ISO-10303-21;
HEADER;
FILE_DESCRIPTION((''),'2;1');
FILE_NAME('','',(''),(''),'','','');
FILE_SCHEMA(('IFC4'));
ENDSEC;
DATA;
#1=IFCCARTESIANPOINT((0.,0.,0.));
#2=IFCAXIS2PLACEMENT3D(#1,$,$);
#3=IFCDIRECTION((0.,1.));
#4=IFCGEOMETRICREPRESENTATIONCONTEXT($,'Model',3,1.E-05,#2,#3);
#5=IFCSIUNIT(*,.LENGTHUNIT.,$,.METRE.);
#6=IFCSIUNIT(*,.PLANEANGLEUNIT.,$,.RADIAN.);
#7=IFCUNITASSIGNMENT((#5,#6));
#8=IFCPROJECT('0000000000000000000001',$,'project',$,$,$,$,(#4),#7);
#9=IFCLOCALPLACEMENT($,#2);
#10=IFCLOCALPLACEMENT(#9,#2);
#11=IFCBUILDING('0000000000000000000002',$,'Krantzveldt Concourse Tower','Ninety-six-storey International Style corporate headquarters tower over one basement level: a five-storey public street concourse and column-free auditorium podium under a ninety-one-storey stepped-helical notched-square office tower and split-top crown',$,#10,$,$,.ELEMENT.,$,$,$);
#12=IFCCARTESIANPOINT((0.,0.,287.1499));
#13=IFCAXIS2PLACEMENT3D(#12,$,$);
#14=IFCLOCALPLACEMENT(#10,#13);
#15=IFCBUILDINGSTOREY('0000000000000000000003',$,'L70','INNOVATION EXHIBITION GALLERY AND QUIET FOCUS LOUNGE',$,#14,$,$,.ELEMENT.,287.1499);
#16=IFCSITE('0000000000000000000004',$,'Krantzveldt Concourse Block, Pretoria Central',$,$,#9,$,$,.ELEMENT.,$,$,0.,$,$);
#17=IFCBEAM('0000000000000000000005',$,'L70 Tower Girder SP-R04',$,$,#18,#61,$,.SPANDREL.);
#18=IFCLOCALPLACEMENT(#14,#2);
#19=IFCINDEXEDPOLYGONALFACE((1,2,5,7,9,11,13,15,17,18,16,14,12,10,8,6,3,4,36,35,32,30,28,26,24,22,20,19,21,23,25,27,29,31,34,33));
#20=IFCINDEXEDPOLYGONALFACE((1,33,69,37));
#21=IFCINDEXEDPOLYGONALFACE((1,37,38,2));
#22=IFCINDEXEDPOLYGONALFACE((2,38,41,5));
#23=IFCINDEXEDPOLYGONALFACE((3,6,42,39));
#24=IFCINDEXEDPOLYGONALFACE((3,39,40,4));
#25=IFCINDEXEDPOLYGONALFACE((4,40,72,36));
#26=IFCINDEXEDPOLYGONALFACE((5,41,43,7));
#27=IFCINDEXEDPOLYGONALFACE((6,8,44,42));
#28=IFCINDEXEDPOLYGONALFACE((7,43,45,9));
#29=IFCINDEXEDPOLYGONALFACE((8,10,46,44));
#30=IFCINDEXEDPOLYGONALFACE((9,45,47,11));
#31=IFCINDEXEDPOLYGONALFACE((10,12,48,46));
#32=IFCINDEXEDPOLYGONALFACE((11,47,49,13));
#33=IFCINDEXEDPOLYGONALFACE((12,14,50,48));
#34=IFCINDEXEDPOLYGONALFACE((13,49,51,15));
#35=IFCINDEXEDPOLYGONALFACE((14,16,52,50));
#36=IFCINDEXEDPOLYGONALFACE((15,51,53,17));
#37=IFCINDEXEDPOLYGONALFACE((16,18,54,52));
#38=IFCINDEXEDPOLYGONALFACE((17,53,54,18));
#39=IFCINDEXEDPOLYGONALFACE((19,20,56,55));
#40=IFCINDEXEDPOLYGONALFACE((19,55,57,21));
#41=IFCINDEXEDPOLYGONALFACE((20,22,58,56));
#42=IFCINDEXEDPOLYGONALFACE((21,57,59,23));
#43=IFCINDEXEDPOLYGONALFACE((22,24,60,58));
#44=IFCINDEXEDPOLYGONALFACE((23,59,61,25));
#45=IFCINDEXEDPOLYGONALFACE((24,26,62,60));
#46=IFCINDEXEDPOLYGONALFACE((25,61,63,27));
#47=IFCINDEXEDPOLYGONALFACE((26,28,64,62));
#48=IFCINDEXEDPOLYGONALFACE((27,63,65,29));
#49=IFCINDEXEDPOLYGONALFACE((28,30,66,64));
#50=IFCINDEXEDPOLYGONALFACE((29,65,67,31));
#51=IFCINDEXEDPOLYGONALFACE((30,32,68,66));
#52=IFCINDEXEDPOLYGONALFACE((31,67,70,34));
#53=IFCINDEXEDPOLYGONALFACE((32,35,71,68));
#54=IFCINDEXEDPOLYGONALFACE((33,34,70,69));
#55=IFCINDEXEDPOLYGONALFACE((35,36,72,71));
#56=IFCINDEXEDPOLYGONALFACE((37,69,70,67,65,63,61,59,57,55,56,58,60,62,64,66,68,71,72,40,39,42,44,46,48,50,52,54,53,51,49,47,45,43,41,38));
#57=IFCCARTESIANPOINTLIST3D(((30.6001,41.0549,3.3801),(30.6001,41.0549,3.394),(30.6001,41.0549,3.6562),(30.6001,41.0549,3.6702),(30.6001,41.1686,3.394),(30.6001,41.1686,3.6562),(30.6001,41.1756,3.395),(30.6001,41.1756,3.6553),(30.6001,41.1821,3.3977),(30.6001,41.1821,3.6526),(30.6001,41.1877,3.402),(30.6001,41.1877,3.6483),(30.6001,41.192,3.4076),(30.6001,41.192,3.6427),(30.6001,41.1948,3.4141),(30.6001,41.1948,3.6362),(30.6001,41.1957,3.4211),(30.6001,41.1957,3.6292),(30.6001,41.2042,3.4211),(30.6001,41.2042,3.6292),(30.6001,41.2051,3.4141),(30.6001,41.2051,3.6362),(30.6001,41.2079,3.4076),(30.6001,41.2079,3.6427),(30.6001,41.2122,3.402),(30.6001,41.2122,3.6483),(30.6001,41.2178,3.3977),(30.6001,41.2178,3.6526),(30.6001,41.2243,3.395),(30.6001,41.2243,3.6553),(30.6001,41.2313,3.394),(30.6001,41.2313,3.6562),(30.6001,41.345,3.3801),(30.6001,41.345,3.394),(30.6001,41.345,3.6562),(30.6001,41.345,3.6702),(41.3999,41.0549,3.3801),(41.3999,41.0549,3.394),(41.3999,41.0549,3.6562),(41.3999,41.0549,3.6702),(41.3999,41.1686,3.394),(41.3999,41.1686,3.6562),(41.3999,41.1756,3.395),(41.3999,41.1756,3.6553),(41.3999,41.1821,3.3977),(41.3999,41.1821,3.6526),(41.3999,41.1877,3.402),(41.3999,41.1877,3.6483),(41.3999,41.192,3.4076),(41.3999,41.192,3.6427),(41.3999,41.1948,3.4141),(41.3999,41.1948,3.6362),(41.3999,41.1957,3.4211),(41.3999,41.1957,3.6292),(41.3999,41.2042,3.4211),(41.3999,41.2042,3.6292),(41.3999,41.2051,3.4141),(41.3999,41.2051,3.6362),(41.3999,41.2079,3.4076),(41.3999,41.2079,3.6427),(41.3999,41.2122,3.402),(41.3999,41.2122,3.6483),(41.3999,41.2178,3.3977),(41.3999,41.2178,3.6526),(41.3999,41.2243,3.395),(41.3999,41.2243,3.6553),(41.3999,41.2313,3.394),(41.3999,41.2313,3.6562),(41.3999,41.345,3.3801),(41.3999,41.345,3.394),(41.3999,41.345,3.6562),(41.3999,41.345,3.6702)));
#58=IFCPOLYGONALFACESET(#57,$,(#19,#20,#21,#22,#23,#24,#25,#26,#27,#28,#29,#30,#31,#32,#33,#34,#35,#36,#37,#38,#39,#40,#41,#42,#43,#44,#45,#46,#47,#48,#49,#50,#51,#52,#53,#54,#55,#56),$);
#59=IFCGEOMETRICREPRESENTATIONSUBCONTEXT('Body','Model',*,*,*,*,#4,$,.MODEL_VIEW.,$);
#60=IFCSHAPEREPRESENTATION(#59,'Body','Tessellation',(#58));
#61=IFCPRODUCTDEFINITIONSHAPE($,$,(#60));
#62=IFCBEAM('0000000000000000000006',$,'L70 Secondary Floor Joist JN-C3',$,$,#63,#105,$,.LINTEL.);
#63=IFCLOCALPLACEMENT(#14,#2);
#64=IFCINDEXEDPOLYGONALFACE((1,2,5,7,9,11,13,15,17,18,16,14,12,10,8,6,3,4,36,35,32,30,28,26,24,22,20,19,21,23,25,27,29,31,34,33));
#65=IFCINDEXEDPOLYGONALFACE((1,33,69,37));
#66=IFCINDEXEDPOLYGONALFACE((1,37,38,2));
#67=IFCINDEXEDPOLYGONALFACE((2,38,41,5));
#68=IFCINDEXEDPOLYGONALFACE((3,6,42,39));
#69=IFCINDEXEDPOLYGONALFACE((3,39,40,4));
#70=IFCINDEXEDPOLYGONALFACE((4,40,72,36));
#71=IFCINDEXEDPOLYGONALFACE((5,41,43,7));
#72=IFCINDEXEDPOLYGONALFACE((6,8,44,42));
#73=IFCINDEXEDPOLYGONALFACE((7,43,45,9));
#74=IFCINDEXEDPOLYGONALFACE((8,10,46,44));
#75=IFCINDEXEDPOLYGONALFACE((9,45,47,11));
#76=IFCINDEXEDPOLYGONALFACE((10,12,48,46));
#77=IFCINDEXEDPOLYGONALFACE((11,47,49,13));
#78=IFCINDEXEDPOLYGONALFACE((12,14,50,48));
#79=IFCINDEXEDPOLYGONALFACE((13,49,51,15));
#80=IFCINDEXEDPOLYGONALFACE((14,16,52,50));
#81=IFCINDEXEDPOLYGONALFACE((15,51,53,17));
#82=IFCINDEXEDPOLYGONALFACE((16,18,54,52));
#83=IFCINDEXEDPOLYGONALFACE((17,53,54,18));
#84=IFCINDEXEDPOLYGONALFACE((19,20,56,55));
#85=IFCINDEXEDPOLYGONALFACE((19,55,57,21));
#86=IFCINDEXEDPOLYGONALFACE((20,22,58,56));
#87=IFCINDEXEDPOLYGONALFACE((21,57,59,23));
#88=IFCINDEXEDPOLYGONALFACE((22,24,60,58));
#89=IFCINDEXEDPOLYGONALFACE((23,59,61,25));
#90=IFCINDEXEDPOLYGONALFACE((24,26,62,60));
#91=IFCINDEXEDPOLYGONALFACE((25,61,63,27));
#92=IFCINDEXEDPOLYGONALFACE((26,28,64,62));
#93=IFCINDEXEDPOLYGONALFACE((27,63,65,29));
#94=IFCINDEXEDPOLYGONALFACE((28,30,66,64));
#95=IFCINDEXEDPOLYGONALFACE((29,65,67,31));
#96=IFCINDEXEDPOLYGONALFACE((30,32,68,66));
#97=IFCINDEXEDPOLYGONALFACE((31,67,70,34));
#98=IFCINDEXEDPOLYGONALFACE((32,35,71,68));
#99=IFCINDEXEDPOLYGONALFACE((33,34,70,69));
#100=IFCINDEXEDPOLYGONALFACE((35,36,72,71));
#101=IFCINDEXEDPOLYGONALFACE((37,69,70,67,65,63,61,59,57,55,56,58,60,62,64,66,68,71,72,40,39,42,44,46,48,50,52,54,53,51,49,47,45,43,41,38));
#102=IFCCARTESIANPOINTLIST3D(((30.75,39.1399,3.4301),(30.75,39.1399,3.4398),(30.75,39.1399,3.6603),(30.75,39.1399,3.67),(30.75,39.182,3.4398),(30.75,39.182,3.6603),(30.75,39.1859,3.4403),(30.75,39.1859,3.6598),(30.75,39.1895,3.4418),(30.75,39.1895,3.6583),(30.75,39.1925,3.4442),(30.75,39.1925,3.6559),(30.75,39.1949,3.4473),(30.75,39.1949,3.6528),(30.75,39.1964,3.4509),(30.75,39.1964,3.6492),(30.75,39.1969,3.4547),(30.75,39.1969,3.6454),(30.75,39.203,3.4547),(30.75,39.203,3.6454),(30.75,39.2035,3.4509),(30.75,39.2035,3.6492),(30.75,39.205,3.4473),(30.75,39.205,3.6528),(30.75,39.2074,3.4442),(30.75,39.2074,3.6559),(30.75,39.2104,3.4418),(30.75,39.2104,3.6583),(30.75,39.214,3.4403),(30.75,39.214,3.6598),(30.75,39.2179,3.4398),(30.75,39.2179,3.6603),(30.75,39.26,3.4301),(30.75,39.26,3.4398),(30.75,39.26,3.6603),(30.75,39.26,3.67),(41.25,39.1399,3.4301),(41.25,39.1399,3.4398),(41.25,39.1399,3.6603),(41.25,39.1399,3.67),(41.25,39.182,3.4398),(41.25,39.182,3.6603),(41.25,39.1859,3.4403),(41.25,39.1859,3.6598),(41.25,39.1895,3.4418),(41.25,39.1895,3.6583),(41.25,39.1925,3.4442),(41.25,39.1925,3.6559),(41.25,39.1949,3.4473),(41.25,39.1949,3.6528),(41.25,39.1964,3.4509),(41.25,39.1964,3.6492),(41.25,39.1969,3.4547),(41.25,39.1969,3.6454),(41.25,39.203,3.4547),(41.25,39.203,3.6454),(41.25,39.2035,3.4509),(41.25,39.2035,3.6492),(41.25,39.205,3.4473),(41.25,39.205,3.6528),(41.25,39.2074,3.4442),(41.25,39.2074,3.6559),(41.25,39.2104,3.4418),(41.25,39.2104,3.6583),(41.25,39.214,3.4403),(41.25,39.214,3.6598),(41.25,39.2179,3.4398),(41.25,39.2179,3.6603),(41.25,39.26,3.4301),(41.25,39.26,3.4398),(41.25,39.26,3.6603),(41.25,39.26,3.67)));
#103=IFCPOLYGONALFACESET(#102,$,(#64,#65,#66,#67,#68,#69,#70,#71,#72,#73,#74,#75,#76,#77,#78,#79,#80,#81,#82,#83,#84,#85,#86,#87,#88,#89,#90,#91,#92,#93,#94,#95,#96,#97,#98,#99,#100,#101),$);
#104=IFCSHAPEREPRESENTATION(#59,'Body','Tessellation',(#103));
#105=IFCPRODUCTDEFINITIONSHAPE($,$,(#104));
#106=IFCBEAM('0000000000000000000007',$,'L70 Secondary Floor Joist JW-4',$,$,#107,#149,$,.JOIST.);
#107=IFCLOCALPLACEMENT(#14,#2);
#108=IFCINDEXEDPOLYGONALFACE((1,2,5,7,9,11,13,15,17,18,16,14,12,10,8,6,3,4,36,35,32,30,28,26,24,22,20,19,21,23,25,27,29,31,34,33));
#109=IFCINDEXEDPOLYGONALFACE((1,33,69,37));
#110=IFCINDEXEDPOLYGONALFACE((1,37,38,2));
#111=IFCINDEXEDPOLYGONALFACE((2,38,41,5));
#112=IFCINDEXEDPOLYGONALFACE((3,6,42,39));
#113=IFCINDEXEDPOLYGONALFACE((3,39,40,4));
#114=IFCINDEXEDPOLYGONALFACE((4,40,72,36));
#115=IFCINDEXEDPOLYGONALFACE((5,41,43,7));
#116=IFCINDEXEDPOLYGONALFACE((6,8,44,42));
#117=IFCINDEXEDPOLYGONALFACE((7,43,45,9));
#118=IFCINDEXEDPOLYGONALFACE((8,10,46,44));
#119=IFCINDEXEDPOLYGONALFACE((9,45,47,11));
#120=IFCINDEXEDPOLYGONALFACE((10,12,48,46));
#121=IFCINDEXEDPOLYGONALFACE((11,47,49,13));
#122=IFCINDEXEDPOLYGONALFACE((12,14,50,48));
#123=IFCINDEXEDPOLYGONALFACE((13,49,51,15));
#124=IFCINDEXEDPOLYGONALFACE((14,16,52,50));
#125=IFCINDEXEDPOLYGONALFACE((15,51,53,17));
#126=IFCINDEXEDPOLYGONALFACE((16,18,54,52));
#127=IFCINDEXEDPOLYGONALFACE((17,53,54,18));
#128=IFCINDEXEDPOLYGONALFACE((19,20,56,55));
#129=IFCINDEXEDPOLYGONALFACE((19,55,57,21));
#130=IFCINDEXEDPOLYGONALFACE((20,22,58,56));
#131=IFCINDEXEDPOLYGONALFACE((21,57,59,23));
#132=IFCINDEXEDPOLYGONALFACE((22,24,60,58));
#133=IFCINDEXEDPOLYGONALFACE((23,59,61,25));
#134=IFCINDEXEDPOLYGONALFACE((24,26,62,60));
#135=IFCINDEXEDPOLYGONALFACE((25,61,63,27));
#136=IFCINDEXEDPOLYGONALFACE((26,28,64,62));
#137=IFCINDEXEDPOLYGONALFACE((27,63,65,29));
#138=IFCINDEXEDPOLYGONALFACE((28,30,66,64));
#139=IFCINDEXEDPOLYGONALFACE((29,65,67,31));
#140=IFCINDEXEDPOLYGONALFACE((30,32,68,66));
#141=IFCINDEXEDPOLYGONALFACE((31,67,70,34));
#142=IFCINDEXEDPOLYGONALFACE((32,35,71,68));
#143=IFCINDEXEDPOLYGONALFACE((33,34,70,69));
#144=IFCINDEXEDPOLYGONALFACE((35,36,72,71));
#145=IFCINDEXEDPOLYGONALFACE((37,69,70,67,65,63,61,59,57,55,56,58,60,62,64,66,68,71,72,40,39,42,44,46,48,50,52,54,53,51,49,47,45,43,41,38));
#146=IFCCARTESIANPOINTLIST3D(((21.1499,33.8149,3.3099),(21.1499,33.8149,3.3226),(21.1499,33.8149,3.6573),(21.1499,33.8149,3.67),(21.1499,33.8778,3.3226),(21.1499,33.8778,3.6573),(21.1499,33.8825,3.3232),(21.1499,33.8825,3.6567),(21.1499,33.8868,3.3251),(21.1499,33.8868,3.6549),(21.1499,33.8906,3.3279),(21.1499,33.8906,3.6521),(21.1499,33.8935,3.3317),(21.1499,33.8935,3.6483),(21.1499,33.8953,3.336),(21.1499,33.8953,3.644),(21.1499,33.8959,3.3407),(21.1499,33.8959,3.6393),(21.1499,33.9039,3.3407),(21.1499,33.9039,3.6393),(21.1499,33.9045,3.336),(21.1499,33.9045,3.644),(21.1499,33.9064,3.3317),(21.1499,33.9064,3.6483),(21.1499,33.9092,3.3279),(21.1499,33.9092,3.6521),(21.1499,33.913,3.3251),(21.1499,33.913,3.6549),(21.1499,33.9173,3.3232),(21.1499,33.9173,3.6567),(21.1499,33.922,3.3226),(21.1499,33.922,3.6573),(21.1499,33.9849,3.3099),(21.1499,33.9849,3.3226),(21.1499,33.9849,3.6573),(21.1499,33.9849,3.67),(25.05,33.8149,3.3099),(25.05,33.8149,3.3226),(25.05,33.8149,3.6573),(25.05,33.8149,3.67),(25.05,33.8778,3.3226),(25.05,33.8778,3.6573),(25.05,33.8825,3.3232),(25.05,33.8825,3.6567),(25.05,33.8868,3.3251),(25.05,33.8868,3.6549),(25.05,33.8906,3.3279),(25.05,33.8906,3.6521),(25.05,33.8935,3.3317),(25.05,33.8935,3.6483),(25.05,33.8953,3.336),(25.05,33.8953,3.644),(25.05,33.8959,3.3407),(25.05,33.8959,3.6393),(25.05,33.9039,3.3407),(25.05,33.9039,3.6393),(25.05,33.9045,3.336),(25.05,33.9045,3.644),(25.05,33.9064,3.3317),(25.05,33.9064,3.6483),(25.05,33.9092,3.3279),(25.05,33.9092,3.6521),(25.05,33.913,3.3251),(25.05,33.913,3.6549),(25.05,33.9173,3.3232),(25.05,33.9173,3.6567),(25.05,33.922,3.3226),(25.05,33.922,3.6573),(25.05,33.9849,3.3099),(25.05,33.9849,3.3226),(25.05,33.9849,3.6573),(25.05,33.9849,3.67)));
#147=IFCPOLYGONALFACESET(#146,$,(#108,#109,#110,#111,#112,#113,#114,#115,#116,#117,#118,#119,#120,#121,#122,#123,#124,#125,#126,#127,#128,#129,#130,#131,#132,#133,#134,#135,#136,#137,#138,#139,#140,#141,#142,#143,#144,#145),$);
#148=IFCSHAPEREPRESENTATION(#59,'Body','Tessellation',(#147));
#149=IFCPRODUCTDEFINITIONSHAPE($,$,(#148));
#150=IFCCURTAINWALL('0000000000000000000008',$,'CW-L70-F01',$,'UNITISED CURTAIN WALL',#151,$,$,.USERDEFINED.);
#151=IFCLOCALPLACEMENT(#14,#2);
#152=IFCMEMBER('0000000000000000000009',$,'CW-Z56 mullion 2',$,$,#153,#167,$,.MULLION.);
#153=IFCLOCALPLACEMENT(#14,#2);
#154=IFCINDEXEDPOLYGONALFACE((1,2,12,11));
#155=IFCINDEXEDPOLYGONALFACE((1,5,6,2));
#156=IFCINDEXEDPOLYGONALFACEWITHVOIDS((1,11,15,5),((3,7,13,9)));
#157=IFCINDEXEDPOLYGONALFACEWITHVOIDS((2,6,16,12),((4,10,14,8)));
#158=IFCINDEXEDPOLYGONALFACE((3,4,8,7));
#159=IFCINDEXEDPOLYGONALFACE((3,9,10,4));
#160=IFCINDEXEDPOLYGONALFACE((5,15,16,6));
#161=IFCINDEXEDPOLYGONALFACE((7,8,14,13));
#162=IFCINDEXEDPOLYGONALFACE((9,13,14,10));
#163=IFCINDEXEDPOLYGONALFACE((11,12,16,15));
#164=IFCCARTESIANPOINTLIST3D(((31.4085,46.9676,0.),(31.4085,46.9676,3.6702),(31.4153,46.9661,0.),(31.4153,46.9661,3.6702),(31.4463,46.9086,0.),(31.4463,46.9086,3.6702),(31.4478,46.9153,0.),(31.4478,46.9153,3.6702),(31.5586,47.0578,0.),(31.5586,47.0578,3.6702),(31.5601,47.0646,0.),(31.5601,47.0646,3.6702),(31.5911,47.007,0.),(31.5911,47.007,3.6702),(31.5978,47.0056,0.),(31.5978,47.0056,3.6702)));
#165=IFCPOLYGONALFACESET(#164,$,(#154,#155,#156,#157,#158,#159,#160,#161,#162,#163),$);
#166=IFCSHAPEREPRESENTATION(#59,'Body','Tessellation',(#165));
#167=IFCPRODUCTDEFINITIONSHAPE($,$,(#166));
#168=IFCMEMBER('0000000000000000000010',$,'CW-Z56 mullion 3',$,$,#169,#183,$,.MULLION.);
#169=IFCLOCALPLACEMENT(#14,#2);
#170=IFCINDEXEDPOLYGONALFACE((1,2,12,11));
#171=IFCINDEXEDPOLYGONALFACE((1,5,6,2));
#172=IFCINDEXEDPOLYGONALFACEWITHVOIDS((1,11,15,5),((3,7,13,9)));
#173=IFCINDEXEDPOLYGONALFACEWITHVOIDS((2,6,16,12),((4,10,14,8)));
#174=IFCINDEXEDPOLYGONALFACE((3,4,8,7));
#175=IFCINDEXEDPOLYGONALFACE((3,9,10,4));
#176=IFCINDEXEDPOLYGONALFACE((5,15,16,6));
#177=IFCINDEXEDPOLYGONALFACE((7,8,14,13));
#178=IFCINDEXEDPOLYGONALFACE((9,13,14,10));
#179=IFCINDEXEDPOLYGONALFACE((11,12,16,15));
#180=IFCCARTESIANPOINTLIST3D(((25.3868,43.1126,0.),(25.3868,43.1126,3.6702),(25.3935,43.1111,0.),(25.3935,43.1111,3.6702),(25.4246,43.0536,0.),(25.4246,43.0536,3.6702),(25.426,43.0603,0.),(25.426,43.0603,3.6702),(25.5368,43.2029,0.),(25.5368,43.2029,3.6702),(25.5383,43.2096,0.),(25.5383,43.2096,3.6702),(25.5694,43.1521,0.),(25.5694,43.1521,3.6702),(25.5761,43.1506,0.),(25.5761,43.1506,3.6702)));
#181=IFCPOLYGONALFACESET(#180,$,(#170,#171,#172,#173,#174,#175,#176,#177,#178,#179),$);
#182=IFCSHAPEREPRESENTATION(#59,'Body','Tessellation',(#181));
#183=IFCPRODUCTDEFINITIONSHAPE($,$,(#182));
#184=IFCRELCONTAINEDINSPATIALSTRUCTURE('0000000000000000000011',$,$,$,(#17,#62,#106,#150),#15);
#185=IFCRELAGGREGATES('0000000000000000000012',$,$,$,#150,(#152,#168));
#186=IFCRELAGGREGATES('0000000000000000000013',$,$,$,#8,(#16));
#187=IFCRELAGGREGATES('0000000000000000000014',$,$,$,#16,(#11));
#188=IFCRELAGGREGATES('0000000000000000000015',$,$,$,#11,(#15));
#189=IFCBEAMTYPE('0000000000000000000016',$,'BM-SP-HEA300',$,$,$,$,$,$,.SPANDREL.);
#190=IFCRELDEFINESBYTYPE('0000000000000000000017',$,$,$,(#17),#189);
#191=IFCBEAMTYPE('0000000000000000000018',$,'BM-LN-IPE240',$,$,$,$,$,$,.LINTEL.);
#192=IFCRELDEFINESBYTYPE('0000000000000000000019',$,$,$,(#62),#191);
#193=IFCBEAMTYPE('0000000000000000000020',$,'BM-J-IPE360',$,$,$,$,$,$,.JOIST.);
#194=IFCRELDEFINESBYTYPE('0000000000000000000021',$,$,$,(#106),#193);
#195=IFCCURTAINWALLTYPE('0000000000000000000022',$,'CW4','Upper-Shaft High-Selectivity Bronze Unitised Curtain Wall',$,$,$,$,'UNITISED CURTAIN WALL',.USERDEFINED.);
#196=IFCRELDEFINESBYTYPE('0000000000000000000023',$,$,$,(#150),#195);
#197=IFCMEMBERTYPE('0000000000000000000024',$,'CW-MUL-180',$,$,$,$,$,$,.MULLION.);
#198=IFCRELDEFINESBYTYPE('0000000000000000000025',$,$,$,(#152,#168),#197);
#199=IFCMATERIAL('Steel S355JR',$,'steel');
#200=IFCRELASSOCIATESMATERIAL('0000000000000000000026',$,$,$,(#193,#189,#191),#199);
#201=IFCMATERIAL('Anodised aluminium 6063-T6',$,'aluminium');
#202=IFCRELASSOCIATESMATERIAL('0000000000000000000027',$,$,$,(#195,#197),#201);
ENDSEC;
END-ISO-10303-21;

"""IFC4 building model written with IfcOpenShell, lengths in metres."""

from ifc_helpers import new_model, si_unit, direction, frame, origin, origin_2d, place, context, subcontext, project, spatial, hollow_rectangle, i_section, extrude, source, transform, mapped, material, material_profile, profile_set, type_object, type_shapes, element, aggregate, save


model = new_model("IFC4")

# Units and contexts
model_context = context("Model", 3, precision=1e-05, world=origin(), true_north=direction((0.0, 1.0)))
body_context = subcontext(model_context, "Body", "Model", "MODEL_VIEW")
ifc_project = project(units=[si_unit("LENGTHUNIT", "METRE"), si_unit("PLANEANGLEUNIT", "RADIAN")], contexts=[model_context])

# Site, building, storey
site_placement = place(None, origin())
site = spatial("IfcSite", under=ifc_project, at=site_placement, Name="Krantzveldt Concourse Block, Pretoria Central", CompositionType="ELEMENT", RefElevation=0.0)
building_placement = place(site_placement, origin())
building = spatial("IfcBuilding", under=site, at=building_placement, Name="Krantzveldt Concourse Tower", Description="Ninety-six-storey International Style corporate headquarters tower over one basement level: a five-storey public street concourse and column-free auditorium podium under a ninety-one-storey stepped-helical notched-square office tower and split-top crown", CompositionType="ELEMENT")
storey_placement = place(building_placement, frame((0.0, 0.0, 287.1499)))
storey = spatial("IfcBuildingStorey", under=building, at=storey_placement, Name="L70", Description="INNOVATION EXHIBITION GALLERY AND QUIET FOCUS LOUNGE", CompositionType="ELEMENT", Elevation=287.1499)

# Beams
ifc_material_1 = material(Name="Steel S355JR", Category="steel")
ifc_material_profile_1 = material_profile(ifc_material_1, i_section(OverallWidth=0.1699, OverallDepth=0.3601, WebThickness=0.0081, FlangeThickness=0.0127, FilletRadius=0.0181, at=origin_2d()), Name="Steel S355JR", Category="steel")
ifc_profile_set_1 = profile_set([ifc_material_profile_1], Name="Steel S355JR - IPE 360")
beam_type_1 = type_object("IfcBeamType", Name="BM-J-IPE360", PredefinedType="JOIST", material=ifc_profile_set_1)
ifc_material_profile_2 = material_profile(ifc_material_1, i_section(OverallWidth=0.29, OverallDepth=0.29, WebThickness=0.0085, FlangeThickness=0.0139, FilletRadius=0.0271, at=origin_2d()), Name="Steel S355JR", Category="steel")
ifc_profile_set_2 = profile_set([ifc_material_profile_2], Name="Steel S355JR - HEA 300")
beam_type_2 = type_object("IfcBeamType", Name="BM-SP-HEA300", PredefinedType="SPANDREL", material=ifc_profile_set_2)
shared_shape_1 = source(origin(), body_context, "Body", "SweptSolid", [
    extrude(i_section(OverallWidth=0.29, OverallDepth=0.29, WebThickness=0.0085, FlangeThickness=0.0139, FilletRadius=0.0271, at=origin_2d()), origin(), (0.0, 0.0, 1.0), 10.7998),
])
beam_1_placement = place(storey_placement, frame((30.6001, 41.2, 3.5251), z_axis=(1.0, 0.0, 0.0), x_axis=(0.0, 1.0, 0.0)))
element("IfcBeam", 1, at=beam_1_placement, inside=storey, type_object=beam_type_2, Name="L70 Tower Girder SP-R04", PredefinedType="SPANDREL", context=body_context, shape_type="MappedRepresentation", body=[
    mapped(shared_shape_1, transform((0.0, 0.0, 0.0), x_axis=(1.0, 0.0, 0.0), y_axis=(0.0, 1.0, 0.0), z_axis=(0.0, 0.0, 1.0), scale=1.0)),
])
ifc_material_profile_3 = material_profile(ifc_material_1, i_section(OverallWidth=0.1201, OverallDepth=0.24, WebThickness=0.0061, FlangeThickness=0.0098, FilletRadius=0.0149, at=origin_2d()), Name="Steel S355JR", Category="steel")
ifc_profile_set_3 = profile_set([ifc_material_profile_3], Name="Steel S355JR - IPE 240")
beam_type_3 = type_object("IfcBeamType", Name="BM-LN-IPE240", PredefinedType="LINTEL", material=ifc_profile_set_3)
shared_shape_2 = source(origin(), body_context, "Body", "SweptSolid", [
    extrude(i_section(OverallWidth=0.1201, OverallDepth=0.24, WebThickness=0.0061, FlangeThickness=0.0098, FilletRadius=0.0149, at=origin_2d()), origin(), (0.0, 0.0, 1.0), 10.5),
])
type_shapes(beam_type_3, [shared_shape_2])
beam_2_placement = place(storey_placement, frame((30.75, 39.2, 3.55), z_axis=(1.0, 0.0, 0.0), x_axis=(0.0, 1.0, 0.0)))
element("IfcBeam", 2, at=beam_2_placement, inside=storey, type_object=beam_type_3, Name="L70 Secondary Floor Joist JN-C3", PredefinedType="LINTEL", context=body_context, shape_type="MappedRepresentation", body=[
    mapped(shared_shape_2, transform((0.0, 0.0, 0.0), x_axis=(1.0, 0.0, 0.0), y_axis=(0.0, 1.0, 0.0), z_axis=(0.0, 0.0, 1.0), scale=1.0)),
])
shared_shape_3 = source(origin(), body_context, "Body", "SweptSolid", [
    extrude(i_section(OverallWidth=0.1699, OverallDepth=0.3601, WebThickness=0.0081, FlangeThickness=0.0127, FilletRadius=0.0181, at=origin_2d()), origin(), (0.0, 0.0, 1.0), 3.9001),
])
beam_3_placement = place(storey_placement, frame((21.1499, 33.8999, 3.49), z_axis=(1.0, 0.0, 0.0), x_axis=(0.0, 1.0, 0.0)))
element("IfcBeam", 3, at=beam_3_placement, inside=storey, type_object=beam_type_1, Name="L70 Secondary Floor Joist JW-4", PredefinedType="JOIST", context=body_context, shape_type="MappedRepresentation", body=[
    mapped(shared_shape_3, transform((0.0, 0.0, 0.0), x_axis=(1.0, 0.0, 0.0), y_axis=(0.0, 1.0, 0.0), z_axis=(0.0, 0.0, 1.0), scale=1.0)),
])

# Curtain wall, members
ifc_material_2 = material(Name="Anodised aluminium 6063-T6", Category="aluminium")
curtain_wall_type = type_object("IfcCurtainWallType", Name="CW4", Description="Upper-Shaft High-Selectivity Bronze Unitised Curtain Wall", ElementType="UNITISED CURTAIN WALL", PredefinedType="USERDEFINED", material=ifc_material_2)
curtain_wall_placement = place(storey_placement, origin())
curtain_wall = element("IfcCurtainWall", 4, at=curtain_wall_placement, inside=storey, type_object=curtain_wall_type, Name="CW-L70-F01", ObjectType="UNITISED CURTAIN WALL", PredefinedType="USERDEFINED")
ifc_material_profile_4 = material_profile(ifc_material_2, hollow_rectangle(XDim=0.0701, YDim=0.1799, WallThickness=0.0049, at=origin_2d()), Name="Anodised aluminium 6063-T6", Category="aluminium")
ifc_profile_set_4 = profile_set([ifc_material_profile_4], Name="Anodised aluminium 6063-T6 - ALU-MULL 180x70x5")
member_type_1 = type_object("IfcMemberType", Name="CW-MUL-180", PredefinedType="MULLION", material=ifc_profile_set_4)
shared_shape_4 = source(origin(), body_context, "Body", "SweptSolid", [
    extrude(hollow_rectangle(XDim=0.0701, YDim=0.1799, WallThickness=0.0049, at=origin_2d()), origin(), (0.0, 0.0, 1.0), 3.6702),
])
type_shapes(member_type_1, [shared_shape_4])
member_1_placement = place(storey_placement, frame((31.5032, 46.9866, 0.0), z_axis=(0.0, 0.0, 1.0), x_axis=(0.539138, -0.842217, 0.0)))
member_1 = element("IfcMember", 5, at=member_1_placement, type_object=member_type_1, Name="CW-Z56 mullion 2", PredefinedType="MULLION", context=body_context, shape_type="MappedRepresentation", body=[
    mapped(shared_shape_4, transform((0.0, 0.0, 0.0), x_axis=(1.0, 0.0, 0.0), y_axis=(0.0, 1.0, 0.0), z_axis=(0.0, 0.0, 1.0), scale=1.0)),
])
member_2_placement = place(storey_placement, frame((25.4814, 43.1316, 0.0), z_axis=(0.0, 0.0, 1.0), x_axis=(0.539138, -0.842217, 0.0)))
member_2 = element("IfcMember", 6, at=member_2_placement, type_object=member_type_1, Name="CW-Z56 mullion 3", PredefinedType="MULLION", context=body_context, shape_type="MappedRepresentation", body=[
    mapped(shared_shape_4, transform((0.0, 0.0, 0.0), x_axis=(1.0, 0.0, 0.0), y_axis=(0.0, 1.0, 0.0), z_axis=(0.0, 0.0, 1.0), scale=1.0)),
])
aggregate(curtain_wall, [member_1, member_2])

save(model, "model.ifc")
